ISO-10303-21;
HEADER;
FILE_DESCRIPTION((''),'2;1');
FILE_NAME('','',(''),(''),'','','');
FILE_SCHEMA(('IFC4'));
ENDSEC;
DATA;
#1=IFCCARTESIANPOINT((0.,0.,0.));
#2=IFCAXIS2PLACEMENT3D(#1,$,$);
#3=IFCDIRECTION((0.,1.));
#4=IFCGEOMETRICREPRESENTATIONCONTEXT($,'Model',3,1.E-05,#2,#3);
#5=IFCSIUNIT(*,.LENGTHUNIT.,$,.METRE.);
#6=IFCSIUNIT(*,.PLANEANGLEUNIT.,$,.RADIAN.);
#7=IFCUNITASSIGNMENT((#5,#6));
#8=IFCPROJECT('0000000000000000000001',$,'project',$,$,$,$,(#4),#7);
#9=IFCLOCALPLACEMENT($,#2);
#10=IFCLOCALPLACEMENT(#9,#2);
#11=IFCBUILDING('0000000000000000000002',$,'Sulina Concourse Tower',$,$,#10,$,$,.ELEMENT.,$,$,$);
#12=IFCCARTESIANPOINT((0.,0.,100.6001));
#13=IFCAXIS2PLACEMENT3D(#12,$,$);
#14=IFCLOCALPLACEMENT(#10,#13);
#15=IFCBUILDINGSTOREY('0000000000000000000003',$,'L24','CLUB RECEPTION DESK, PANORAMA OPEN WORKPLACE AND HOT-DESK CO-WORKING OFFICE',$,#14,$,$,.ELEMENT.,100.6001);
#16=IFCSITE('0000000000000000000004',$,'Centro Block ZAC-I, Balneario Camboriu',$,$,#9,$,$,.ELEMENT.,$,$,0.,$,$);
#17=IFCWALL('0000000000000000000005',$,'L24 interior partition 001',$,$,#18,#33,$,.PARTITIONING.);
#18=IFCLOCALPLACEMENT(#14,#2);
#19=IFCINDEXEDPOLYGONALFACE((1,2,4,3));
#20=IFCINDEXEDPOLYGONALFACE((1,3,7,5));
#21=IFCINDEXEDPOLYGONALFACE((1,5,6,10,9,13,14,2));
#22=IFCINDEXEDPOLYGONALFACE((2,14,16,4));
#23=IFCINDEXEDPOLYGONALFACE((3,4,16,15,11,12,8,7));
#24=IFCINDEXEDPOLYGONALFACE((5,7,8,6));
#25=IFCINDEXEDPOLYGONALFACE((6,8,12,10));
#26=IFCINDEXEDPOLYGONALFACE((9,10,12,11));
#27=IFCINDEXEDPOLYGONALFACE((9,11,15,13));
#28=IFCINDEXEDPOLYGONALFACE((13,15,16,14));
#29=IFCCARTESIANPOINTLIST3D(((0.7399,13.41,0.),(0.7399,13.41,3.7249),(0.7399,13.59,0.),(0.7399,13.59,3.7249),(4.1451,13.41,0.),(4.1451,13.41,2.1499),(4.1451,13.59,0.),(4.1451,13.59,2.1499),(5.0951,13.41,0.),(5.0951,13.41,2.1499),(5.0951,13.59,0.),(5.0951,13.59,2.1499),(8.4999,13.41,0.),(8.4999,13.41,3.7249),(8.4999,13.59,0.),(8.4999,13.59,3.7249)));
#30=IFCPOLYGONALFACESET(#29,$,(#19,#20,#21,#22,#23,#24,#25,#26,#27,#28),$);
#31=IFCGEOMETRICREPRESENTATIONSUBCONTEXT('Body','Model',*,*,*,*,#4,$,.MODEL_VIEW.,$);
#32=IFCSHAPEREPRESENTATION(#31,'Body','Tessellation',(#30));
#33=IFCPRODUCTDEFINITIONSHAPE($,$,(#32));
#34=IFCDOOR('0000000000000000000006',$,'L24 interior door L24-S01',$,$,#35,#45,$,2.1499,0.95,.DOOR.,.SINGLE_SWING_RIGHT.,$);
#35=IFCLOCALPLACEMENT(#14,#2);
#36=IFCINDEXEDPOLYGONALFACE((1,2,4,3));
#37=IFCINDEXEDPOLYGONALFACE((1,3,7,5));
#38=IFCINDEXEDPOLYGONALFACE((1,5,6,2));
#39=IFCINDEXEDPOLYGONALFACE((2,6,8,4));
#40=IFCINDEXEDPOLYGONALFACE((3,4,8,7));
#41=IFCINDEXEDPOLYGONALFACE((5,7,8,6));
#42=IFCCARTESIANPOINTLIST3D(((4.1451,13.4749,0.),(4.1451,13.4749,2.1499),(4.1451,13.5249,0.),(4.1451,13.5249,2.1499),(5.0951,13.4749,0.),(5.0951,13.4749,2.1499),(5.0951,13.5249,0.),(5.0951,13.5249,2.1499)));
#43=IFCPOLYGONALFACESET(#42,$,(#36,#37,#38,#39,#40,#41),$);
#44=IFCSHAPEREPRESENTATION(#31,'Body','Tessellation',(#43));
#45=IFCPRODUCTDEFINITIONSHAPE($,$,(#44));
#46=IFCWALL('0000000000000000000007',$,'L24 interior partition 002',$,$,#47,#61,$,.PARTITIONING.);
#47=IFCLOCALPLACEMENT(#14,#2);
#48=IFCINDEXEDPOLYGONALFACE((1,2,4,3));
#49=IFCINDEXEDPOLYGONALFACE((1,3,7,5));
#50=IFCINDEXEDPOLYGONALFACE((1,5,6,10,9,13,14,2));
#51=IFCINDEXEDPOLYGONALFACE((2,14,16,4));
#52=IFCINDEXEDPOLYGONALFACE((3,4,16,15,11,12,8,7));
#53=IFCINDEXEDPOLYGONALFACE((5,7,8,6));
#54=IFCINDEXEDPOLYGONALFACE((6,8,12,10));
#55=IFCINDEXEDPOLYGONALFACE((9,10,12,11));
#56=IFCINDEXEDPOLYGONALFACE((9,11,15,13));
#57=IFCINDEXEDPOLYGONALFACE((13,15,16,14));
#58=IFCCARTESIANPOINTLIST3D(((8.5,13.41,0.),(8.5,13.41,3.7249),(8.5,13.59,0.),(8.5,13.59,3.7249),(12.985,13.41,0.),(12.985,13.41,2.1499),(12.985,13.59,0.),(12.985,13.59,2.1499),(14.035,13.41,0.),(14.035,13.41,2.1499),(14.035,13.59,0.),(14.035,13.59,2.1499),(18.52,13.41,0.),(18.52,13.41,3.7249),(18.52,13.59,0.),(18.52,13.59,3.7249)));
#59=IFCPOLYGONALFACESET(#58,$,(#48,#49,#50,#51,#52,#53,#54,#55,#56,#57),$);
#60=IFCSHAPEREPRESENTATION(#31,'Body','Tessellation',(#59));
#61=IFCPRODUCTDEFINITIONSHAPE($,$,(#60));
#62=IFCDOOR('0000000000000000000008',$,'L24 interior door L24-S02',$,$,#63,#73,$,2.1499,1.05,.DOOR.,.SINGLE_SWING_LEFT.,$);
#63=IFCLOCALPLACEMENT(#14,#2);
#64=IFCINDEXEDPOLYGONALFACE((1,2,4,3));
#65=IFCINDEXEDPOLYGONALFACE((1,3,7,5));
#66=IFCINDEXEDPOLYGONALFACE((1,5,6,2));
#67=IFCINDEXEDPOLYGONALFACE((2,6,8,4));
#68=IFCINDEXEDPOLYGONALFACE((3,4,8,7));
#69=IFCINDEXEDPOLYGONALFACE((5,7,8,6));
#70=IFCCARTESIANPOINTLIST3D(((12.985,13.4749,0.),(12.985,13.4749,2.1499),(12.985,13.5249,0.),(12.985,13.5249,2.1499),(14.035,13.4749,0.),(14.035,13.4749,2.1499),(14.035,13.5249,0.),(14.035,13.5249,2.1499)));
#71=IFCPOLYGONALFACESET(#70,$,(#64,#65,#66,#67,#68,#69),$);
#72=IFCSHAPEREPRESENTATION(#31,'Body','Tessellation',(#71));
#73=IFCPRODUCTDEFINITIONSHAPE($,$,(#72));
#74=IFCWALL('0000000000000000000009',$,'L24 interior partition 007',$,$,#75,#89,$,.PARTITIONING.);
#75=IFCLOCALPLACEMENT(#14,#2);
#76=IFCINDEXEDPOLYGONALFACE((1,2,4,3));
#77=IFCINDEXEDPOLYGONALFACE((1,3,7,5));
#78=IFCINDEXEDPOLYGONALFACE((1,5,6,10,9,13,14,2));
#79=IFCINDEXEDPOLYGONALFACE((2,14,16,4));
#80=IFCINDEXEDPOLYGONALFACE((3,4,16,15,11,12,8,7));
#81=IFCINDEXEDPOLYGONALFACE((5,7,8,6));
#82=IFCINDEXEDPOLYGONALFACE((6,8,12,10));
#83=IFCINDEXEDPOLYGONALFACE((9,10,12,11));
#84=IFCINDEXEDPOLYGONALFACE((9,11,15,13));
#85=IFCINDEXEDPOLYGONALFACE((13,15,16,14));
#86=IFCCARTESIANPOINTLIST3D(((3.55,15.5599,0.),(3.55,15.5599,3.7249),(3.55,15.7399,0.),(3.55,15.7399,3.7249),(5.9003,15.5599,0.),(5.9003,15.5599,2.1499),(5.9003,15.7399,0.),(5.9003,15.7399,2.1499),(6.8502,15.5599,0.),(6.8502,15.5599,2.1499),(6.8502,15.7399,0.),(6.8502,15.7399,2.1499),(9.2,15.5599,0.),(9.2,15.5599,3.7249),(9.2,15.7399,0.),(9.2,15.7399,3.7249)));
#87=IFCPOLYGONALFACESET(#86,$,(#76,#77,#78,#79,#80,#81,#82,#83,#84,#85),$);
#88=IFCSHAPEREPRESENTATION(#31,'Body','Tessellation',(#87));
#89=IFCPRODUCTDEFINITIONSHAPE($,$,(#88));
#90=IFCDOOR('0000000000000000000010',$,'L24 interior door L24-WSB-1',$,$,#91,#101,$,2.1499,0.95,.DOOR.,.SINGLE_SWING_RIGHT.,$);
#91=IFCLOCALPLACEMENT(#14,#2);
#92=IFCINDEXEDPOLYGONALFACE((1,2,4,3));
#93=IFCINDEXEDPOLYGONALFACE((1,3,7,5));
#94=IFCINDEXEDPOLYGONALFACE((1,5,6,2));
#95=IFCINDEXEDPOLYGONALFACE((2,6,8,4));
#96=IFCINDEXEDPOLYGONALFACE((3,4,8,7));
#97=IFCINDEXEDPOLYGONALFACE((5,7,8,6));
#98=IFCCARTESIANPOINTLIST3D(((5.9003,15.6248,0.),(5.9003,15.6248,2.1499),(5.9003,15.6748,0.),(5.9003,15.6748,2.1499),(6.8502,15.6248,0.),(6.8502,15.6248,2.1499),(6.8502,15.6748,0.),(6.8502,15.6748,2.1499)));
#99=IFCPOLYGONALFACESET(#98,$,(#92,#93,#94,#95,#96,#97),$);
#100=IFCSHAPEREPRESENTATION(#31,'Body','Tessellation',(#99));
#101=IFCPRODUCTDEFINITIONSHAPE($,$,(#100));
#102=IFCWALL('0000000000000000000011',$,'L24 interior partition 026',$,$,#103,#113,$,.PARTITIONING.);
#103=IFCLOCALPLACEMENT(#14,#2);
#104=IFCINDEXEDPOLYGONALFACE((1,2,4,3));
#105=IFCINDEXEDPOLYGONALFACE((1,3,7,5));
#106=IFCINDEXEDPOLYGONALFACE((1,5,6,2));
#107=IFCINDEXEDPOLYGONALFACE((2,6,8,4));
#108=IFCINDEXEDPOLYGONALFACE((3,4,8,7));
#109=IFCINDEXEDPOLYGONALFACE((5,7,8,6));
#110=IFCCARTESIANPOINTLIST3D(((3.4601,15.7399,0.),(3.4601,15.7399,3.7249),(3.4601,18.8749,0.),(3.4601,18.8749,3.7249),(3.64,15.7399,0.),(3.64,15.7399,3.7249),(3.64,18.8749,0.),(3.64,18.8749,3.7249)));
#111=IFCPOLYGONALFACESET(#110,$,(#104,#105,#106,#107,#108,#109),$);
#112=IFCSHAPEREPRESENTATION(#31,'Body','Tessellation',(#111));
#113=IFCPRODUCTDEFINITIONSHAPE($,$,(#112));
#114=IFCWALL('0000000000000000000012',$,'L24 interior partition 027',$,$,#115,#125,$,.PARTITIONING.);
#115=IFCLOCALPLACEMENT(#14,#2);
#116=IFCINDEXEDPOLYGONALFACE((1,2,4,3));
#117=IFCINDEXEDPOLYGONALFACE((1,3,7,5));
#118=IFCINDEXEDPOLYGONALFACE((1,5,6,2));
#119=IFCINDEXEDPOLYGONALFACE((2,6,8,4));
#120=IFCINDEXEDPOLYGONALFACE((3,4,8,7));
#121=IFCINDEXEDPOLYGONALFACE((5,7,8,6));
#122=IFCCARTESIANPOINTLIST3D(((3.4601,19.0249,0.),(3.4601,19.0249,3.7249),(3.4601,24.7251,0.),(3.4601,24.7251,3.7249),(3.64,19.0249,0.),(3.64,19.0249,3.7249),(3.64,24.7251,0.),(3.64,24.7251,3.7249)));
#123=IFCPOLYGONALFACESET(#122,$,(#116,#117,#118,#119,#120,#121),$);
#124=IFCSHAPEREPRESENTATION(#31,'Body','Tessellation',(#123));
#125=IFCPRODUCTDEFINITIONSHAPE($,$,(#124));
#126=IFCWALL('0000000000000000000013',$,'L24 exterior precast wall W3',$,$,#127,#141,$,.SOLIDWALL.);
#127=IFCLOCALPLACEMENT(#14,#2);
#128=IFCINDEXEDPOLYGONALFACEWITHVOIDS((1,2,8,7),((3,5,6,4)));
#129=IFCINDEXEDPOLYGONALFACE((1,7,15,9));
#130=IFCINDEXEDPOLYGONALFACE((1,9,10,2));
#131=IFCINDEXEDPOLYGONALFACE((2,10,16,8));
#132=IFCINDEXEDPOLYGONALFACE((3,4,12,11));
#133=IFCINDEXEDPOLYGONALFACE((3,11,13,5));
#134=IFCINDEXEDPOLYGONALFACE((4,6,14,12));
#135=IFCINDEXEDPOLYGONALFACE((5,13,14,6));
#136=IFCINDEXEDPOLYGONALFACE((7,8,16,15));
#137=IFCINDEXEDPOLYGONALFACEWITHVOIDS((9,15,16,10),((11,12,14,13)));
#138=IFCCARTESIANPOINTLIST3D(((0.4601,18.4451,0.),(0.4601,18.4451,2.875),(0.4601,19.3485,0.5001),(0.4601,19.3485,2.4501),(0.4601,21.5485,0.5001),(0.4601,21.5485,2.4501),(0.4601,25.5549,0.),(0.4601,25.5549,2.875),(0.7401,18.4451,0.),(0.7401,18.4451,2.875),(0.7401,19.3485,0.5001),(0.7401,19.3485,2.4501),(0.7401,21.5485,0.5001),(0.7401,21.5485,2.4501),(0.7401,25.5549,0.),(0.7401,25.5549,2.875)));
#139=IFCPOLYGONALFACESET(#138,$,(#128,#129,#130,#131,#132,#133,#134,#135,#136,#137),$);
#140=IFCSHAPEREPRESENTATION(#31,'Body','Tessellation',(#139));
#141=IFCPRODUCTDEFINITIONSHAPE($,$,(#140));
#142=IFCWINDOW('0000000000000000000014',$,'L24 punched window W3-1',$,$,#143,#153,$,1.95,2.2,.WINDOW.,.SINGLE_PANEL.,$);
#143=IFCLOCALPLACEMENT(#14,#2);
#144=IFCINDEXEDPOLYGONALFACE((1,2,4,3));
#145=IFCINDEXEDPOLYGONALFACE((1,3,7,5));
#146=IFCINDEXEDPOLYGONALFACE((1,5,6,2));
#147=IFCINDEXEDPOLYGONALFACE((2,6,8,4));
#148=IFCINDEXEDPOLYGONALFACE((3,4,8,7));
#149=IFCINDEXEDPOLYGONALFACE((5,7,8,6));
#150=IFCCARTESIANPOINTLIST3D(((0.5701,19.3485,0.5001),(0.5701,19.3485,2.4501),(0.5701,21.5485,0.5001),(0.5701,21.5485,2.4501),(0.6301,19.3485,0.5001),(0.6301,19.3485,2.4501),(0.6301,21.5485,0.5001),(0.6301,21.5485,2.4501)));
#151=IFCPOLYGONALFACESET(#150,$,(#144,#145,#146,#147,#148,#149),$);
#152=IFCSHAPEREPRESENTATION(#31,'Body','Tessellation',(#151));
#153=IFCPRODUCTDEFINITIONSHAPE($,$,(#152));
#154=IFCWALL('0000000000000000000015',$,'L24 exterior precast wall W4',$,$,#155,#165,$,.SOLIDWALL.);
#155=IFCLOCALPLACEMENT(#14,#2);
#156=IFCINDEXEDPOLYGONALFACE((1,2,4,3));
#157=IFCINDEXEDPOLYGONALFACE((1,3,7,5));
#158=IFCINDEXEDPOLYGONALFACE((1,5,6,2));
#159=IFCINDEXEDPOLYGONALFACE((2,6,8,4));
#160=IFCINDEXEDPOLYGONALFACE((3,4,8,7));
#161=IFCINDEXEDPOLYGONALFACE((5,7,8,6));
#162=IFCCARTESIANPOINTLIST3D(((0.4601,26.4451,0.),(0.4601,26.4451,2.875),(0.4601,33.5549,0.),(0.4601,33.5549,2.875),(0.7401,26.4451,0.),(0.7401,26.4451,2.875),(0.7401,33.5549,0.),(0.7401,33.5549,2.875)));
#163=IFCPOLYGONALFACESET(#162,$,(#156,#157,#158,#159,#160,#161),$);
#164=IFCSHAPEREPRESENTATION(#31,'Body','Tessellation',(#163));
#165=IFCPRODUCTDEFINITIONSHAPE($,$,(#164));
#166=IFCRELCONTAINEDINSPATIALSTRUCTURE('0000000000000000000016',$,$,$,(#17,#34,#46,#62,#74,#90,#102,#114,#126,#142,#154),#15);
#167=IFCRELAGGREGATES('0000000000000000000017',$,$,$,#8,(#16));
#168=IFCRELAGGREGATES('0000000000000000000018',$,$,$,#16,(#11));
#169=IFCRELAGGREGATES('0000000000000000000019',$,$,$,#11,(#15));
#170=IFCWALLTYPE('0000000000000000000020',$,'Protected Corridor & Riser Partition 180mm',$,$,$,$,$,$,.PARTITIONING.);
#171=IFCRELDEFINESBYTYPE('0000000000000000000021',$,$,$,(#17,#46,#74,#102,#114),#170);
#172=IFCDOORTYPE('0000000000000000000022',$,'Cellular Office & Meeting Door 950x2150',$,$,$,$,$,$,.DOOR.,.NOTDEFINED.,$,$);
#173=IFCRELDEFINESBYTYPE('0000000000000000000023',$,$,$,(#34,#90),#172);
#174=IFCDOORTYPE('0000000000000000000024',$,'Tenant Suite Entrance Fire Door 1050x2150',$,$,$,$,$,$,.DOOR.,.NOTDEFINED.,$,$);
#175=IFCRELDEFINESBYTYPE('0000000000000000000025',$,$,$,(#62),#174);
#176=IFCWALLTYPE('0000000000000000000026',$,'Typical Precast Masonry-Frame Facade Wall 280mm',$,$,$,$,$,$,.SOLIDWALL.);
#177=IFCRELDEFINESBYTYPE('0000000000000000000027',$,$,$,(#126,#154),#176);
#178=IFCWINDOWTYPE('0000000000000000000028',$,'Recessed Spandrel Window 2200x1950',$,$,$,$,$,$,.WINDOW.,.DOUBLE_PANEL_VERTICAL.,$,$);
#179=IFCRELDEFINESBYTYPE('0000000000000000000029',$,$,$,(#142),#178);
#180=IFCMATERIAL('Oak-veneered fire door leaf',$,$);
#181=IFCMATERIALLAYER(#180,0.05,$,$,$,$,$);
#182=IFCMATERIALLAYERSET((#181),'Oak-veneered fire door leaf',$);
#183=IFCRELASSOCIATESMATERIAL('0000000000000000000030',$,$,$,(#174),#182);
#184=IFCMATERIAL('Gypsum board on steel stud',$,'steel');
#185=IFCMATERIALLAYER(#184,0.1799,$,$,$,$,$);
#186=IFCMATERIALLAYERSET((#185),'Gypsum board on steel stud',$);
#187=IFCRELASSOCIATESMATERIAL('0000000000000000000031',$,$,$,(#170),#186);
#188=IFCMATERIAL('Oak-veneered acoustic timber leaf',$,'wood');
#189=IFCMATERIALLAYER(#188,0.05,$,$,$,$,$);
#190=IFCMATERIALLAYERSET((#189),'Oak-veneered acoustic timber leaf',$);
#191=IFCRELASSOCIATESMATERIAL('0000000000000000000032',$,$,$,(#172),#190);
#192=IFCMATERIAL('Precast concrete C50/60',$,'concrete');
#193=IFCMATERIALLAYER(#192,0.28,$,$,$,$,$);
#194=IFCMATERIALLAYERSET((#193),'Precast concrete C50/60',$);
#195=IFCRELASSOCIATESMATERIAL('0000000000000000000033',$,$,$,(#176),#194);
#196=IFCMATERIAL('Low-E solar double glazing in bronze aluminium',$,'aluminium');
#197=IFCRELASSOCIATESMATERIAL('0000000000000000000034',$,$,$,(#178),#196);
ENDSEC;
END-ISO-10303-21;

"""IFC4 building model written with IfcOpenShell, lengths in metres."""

from ifc_helpers import new_model, si_unit, direction, frame, frame_2d, origin, place, context, subcontext, project, spatial, rectangle, extrude, material, layer, layer_set, type_object, element, fill, save


model = new_model("IFC4")

# Units and contexts
model_context = context("Model", 3, precision=1e-05, world=origin(), true_north=direction((0.0, 1.0)))
body_context = subcontext(model_context, "Body", "Model", "MODEL_VIEW")
ifc_project = project(units=[si_unit("LENGTHUNIT", "METRE"), si_unit("PLANEANGLEUNIT", "RADIAN")], contexts=[model_context])

# Site, building, storey
site_placement = place(None, origin())
site = spatial("IfcSite", under=ifc_project, at=site_placement, Name="Centro Block ZAC-I, Balneario Camboriu", CompositionType="ELEMENT", RefElevation=0.0)
building_placement = place(site_placement, origin())
building = spatial("IfcBuilding", under=site, at=building_placement, Name="Sulina Concourse Tower", CompositionType="ELEMENT")
storey_placement = place(building_placement, frame((0.0, 0.0, 100.6001)))
storey = spatial("IfcBuildingStorey", under=building, at=storey_placement, Name="L24", Description="CLUB RECEPTION DESK, PANORAMA OPEN WORKPLACE AND HOT-DESK CO-WORKING OFFICE", CompositionType="ELEMENT", Elevation=100.6001)

# Walls, openings, doors
ifc_material_1 = material(Name="Oak-veneered fire door leaf")
ifc_layer_1 = layer(ifc_material_1, 0.05)
ifc_layer_set_1 = layer_set([ifc_layer_1], Name="Oak-veneered fire door leaf")
door_type_1 = type_object("IfcDoorType", Name="Tenant Suite Entrance Fire Door 1050x2150", OperationType="NOTDEFINED", PredefinedType="DOOR", material=ifc_layer_set_1)
ifc_material_2 = material(Name="Gypsum board on steel stud", Category="steel")
ifc_layer_2 = layer(ifc_material_2, 0.1799)
ifc_layer_set_2 = layer_set([ifc_layer_2], Name="Gypsum board on steel stud")
wall_type_1 = type_object("IfcWallType", Name="Protected Corridor & Riser Partition 180mm", PredefinedType="PARTITIONING", material=ifc_layer_set_2)
wall_1_placement = place(storey_placement, frame((0.74, 13.5, 0.0), z_axis=(0.0, 0.0, 1.0), x_axis=(1.0, 0.0, 0.0)))
wall_1 = element("IfcWall", 1, at=wall_1_placement, inside=storey, type_object=wall_type_1, Name="L24 interior partition 001", PredefinedType="PARTITIONING", context=body_context, shape_type="SweptSolid", body=[
    extrude(rectangle(XDim=7.76, YDim=0.1799, at=frame_2d((3.8799, 0.0))), origin(), (0.0, 0.0, 1.0), 3.7249),
])
opening_1_placement = place(wall_1_placement, frame((3.405, 0.0, 0.0)))
opening_1 = element("IfcOpeningElement", 2, at=opening_1_placement, cuts=wall_1, PredefinedType="OPENING", context=body_context, shape_type="SweptSolid", body=[
    extrude(rectangle(XDim=0.95, YDim=2.1499, at=frame_2d((0.4751, 1.075))), frame((0.0, 0.0999, 0.0), z_axis=(0.0, -1.0, 0.0), x_axis=(1.0, 0.0, 0.0)), (0.0, 0.0, 1.0), 0.2),
])
ifc_material_3 = material(Name="Oak-veneered acoustic timber leaf", Category="wood")
ifc_layer_3 = layer(ifc_material_3, 0.05)
ifc_layer_set_3 = layer_set([ifc_layer_3], Name="Oak-veneered acoustic timber leaf")
door_type_2 = type_object("IfcDoorType", Name="Cellular Office & Meeting Door 950x2150", OperationType="NOTDEFINED", PredefinedType="DOOR", material=ifc_layer_set_3)
door_1_placement = place(opening_1_placement, origin())
door_1 = element("IfcDoor", 3, at=door_1_placement, inside=storey, type_object=door_type_2, Name="L24 interior door L24-S01", OperationType="SINGLE_SWING_RIGHT", OverallHeight=2.1499, OverallWidth=0.95, PredefinedType="DOOR", context=body_context, shape_type="SweptSolid", body=[
    extrude(rectangle(XDim=0.95, YDim=2.1499, at=frame_2d((0.4751, 1.075))), frame((0.0, 0.0249, 0.0), z_axis=(0.0, -1.0, 0.0), x_axis=(1.0, 0.0, 0.0)), (0.0, 0.0, 1.0), 0.05),
])
fill(opening_1, door_1)
wall_2_placement = place(storey_placement, frame((8.5, 13.5, 0.0), z_axis=(0.0, 0.0, 1.0), x_axis=(1.0, 0.0, 0.0)))
wall_2 = element("IfcWall", 4, at=wall_2_placement, inside=storey, type_object=wall_type_1, Name="L24 interior partition 002", PredefinedType="PARTITIONING", context=body_context, shape_type="SweptSolid", body=[
    extrude(rectangle(XDim=10.02, YDim=0.1799, at=frame_2d((5.01, 0.0))), origin(), (0.0, 0.0, 1.0), 3.7249),
])
opening_2_placement = place(wall_2_placement, frame((4.4851, 0.0, 0.0)))
opening_2 = element("IfcOpeningElement", 5, at=opening_2_placement, cuts=wall_2, PredefinedType="OPENING", context=body_context, shape_type="SweptSolid", body=[
    extrude(rectangle(XDim=1.05, YDim=2.1499, at=frame_2d((0.5249, 1.075))), frame((0.0, 0.0999, 0.0), z_axis=(0.0, -1.0, 0.0), x_axis=(1.0, 0.0, 0.0)), (0.0, 0.0, 1.0), 0.2),
])
door_2_placement = place(opening_2_placement, origin())
door_2 = element("IfcDoor", 6, at=door_2_placement, inside=storey, type_object=door_type_1, Name="L24 interior door L24-S02", OperationType="SINGLE_SWING_LEFT", OverallHeight=2.1499, OverallWidth=1.05, PredefinedType="DOOR", context=body_context, shape_type="SweptSolid", body=[
    extrude(rectangle(XDim=1.05, YDim=2.1499, at=frame_2d((0.5249, 1.075))), frame((0.0, 0.0249, 0.0), z_axis=(0.0, -1.0, 0.0), x_axis=(1.0, 0.0, 0.0)), (0.0, 0.0, 1.0), 0.05),
])
fill(opening_2, door_2)
wall_3_placement = place(storey_placement, frame((3.55, 15.6499, 0.0), z_axis=(0.0, 0.0, 1.0), x_axis=(1.0, 0.0, 0.0)))
wall_3 = element("IfcWall", 7, at=wall_3_placement, inside=storey, type_object=wall_type_1, Name="L24 interior partition 007", PredefinedType="PARTITIONING", context=body_context, shape_type="SweptSolid", body=[
    extrude(rectangle(XDim=5.6499, YDim=0.1799, at=frame_2d((2.825, 0.0))), origin(), (0.0, 0.0, 1.0), 3.7249),
])
opening_3_placement = place(wall_3_placement, frame((2.3501, 0.0, 0.0)))
opening_3 = element("IfcOpeningElement", 8, at=opening_3_placement, cuts=wall_3, PredefinedType="OPENING", context=body_context, shape_type="SweptSolid", body=[
    extrude(rectangle(XDim=0.95, YDim=2.1499, at=frame_2d((0.4751, 1.075))), frame((0.0, 0.0999, 0.0), z_axis=(0.0, -1.0, 0.0), x_axis=(1.0, 0.0, 0.0)), (0.0, 0.0, 1.0), 0.2),
])
door_3_placement = place(opening_3_placement, origin())
door_3 = element("IfcDoor", 9, at=door_3_placement, inside=storey, type_object=door_type_2, Name="L24 interior door L24-WSB-1", OperationType="SINGLE_SWING_RIGHT", OverallHeight=2.1499, OverallWidth=0.95, PredefinedType="DOOR", context=body_context, shape_type="SweptSolid", body=[
    extrude(rectangle(XDim=0.95, YDim=2.1499, at=frame_2d((0.4751, 1.075))), frame((0.0, 0.0249, 0.0), z_axis=(0.0, -1.0, 0.0), x_axis=(1.0, 0.0, 0.0)), (0.0, 0.0, 1.0), 0.05),
])
fill(opening_3, door_3)

# Walls
wall_4_placement = place(storey_placement, frame((3.55, 15.74, 0.0), z_axis=(0.0, 0.0, 1.0), x_axis=(0.0, 1.0, 0.0)))
element("IfcWall", 10, at=wall_4_placement, inside=storey, type_object=wall_type_1, Name="L24 interior partition 026", PredefinedType="PARTITIONING", context=body_context, shape_type="SweptSolid", body=[
    extrude(rectangle(XDim=3.135, YDim=0.1799, at=frame_2d((1.5674, 0.0))), origin(), (0.0, 0.0, 1.0), 3.7249),
])
wall_5_placement = place(storey_placement, frame((3.55, 19.0249, 0.0), z_axis=(0.0, 0.0, 1.0), x_axis=(0.0, 1.0, 0.0)))
element("IfcWall", 11, at=wall_5_placement, inside=storey, type_object=wall_type_1, Name="L24 interior partition 027", PredefinedType="PARTITIONING", context=body_context, shape_type="SweptSolid", body=[
    extrude(rectangle(XDim=5.7002, YDim=0.1799, at=frame_2d((2.8501, 0.0))), origin(), (0.0, 0.0, 1.0), 3.7249),
])

# Wall, opening, window
ifc_material_4 = material(Name="Precast concrete C50/60", Category="concrete")
ifc_layer_4 = layer(ifc_material_4, 0.28)
ifc_layer_set_4 = layer_set([ifc_layer_4], Name="Precast concrete C50/60")
wall_type_2 = type_object("IfcWallType", Name="Typical Precast Masonry-Frame Facade Wall 280mm", PredefinedType="SOLIDWALL", material=ifc_layer_set_4)
wall_6_placement = place(storey_placement, frame((0.6001, 18.4451, 0.0), z_axis=(0.0, 0.0, 1.0), x_axis=(0.0, 1.0, 0.0)))
wall_6 = element("IfcWall", 12, at=wall_6_placement, inside=storey, type_object=wall_type_2, Name="L24 exterior precast wall W3", PredefinedType="SOLIDWALL", context=body_context, shape_type="SweptSolid", body=[
    extrude(rectangle(XDim=7.1099, YDim=0.28, at=frame_2d((3.5549, 0.0))), origin(), (0.0, 0.0, 1.0), 2.875),
])
opening_4_placement = place(wall_6_placement, frame((0.9033, 0.0, 0.5)))
opening_4 = element("IfcOpeningElement", 13, at=opening_4_placement, cuts=wall_6, PredefinedType="OPENING", context=body_context, shape_type="SweptSolid", body=[
    extrude(rectangle(XDim=2.2, YDim=1.95, at=frame_2d((1.1001, 0.9751))), frame((0.0, 0.1499, 0.0), z_axis=(0.0, -1.0, 0.0), x_axis=(1.0, 0.0, 0.0)), (0.0, 0.0, 1.0), 0.3),
])
ifc_material_5 = material(Name="Low-E solar double glazing in bronze aluminium", Category="aluminium")
window_type = type_object("IfcWindowType", Name="Recessed Spandrel Window 2200x1950", PartitioningType="DOUBLE_PANEL_VERTICAL", PredefinedType="WINDOW", material=ifc_material_5)
window_placement = place(opening_4_placement, origin())
window = element("IfcWindow", 14, at=window_placement, inside=storey, type_object=window_type, Name="L24 punched window W3-1", OverallHeight=1.95, OverallWidth=2.2, PartitioningType="SINGLE_PANEL", PredefinedType="WINDOW", context=body_context, shape_type="SweptSolid", body=[
    extrude(rectangle(XDim=2.2, YDim=1.95, at=frame_2d((1.1001, 0.9751))), frame((0.0, 0.03, 0.0), z_axis=(0.0, -1.0, 0.0), x_axis=(1.0, 0.0, 0.0)), (0.0, 0.0, 1.0), 0.0601),
])
fill(opening_4, window)

# Wall
wall_7_placement = place(storey_placement, frame((0.6001, 26.4451, 0.0), z_axis=(0.0, 0.0, 1.0), x_axis=(0.0, 1.0, 0.0)))
element("IfcWall", 15, at=wall_7_placement, inside=storey, type_object=wall_type_2, Name="L24 exterior precast wall W4", PredefinedType="SOLIDWALL", context=body_context, shape_type="SweptSolid", body=[
    extrude(rectangle(XDim=7.1099, YDim=0.28, at=frame_2d((3.5549, 0.0))), origin(), (0.0, 0.0, 1.0), 2.875),
])

save(model, "model.ifc")
